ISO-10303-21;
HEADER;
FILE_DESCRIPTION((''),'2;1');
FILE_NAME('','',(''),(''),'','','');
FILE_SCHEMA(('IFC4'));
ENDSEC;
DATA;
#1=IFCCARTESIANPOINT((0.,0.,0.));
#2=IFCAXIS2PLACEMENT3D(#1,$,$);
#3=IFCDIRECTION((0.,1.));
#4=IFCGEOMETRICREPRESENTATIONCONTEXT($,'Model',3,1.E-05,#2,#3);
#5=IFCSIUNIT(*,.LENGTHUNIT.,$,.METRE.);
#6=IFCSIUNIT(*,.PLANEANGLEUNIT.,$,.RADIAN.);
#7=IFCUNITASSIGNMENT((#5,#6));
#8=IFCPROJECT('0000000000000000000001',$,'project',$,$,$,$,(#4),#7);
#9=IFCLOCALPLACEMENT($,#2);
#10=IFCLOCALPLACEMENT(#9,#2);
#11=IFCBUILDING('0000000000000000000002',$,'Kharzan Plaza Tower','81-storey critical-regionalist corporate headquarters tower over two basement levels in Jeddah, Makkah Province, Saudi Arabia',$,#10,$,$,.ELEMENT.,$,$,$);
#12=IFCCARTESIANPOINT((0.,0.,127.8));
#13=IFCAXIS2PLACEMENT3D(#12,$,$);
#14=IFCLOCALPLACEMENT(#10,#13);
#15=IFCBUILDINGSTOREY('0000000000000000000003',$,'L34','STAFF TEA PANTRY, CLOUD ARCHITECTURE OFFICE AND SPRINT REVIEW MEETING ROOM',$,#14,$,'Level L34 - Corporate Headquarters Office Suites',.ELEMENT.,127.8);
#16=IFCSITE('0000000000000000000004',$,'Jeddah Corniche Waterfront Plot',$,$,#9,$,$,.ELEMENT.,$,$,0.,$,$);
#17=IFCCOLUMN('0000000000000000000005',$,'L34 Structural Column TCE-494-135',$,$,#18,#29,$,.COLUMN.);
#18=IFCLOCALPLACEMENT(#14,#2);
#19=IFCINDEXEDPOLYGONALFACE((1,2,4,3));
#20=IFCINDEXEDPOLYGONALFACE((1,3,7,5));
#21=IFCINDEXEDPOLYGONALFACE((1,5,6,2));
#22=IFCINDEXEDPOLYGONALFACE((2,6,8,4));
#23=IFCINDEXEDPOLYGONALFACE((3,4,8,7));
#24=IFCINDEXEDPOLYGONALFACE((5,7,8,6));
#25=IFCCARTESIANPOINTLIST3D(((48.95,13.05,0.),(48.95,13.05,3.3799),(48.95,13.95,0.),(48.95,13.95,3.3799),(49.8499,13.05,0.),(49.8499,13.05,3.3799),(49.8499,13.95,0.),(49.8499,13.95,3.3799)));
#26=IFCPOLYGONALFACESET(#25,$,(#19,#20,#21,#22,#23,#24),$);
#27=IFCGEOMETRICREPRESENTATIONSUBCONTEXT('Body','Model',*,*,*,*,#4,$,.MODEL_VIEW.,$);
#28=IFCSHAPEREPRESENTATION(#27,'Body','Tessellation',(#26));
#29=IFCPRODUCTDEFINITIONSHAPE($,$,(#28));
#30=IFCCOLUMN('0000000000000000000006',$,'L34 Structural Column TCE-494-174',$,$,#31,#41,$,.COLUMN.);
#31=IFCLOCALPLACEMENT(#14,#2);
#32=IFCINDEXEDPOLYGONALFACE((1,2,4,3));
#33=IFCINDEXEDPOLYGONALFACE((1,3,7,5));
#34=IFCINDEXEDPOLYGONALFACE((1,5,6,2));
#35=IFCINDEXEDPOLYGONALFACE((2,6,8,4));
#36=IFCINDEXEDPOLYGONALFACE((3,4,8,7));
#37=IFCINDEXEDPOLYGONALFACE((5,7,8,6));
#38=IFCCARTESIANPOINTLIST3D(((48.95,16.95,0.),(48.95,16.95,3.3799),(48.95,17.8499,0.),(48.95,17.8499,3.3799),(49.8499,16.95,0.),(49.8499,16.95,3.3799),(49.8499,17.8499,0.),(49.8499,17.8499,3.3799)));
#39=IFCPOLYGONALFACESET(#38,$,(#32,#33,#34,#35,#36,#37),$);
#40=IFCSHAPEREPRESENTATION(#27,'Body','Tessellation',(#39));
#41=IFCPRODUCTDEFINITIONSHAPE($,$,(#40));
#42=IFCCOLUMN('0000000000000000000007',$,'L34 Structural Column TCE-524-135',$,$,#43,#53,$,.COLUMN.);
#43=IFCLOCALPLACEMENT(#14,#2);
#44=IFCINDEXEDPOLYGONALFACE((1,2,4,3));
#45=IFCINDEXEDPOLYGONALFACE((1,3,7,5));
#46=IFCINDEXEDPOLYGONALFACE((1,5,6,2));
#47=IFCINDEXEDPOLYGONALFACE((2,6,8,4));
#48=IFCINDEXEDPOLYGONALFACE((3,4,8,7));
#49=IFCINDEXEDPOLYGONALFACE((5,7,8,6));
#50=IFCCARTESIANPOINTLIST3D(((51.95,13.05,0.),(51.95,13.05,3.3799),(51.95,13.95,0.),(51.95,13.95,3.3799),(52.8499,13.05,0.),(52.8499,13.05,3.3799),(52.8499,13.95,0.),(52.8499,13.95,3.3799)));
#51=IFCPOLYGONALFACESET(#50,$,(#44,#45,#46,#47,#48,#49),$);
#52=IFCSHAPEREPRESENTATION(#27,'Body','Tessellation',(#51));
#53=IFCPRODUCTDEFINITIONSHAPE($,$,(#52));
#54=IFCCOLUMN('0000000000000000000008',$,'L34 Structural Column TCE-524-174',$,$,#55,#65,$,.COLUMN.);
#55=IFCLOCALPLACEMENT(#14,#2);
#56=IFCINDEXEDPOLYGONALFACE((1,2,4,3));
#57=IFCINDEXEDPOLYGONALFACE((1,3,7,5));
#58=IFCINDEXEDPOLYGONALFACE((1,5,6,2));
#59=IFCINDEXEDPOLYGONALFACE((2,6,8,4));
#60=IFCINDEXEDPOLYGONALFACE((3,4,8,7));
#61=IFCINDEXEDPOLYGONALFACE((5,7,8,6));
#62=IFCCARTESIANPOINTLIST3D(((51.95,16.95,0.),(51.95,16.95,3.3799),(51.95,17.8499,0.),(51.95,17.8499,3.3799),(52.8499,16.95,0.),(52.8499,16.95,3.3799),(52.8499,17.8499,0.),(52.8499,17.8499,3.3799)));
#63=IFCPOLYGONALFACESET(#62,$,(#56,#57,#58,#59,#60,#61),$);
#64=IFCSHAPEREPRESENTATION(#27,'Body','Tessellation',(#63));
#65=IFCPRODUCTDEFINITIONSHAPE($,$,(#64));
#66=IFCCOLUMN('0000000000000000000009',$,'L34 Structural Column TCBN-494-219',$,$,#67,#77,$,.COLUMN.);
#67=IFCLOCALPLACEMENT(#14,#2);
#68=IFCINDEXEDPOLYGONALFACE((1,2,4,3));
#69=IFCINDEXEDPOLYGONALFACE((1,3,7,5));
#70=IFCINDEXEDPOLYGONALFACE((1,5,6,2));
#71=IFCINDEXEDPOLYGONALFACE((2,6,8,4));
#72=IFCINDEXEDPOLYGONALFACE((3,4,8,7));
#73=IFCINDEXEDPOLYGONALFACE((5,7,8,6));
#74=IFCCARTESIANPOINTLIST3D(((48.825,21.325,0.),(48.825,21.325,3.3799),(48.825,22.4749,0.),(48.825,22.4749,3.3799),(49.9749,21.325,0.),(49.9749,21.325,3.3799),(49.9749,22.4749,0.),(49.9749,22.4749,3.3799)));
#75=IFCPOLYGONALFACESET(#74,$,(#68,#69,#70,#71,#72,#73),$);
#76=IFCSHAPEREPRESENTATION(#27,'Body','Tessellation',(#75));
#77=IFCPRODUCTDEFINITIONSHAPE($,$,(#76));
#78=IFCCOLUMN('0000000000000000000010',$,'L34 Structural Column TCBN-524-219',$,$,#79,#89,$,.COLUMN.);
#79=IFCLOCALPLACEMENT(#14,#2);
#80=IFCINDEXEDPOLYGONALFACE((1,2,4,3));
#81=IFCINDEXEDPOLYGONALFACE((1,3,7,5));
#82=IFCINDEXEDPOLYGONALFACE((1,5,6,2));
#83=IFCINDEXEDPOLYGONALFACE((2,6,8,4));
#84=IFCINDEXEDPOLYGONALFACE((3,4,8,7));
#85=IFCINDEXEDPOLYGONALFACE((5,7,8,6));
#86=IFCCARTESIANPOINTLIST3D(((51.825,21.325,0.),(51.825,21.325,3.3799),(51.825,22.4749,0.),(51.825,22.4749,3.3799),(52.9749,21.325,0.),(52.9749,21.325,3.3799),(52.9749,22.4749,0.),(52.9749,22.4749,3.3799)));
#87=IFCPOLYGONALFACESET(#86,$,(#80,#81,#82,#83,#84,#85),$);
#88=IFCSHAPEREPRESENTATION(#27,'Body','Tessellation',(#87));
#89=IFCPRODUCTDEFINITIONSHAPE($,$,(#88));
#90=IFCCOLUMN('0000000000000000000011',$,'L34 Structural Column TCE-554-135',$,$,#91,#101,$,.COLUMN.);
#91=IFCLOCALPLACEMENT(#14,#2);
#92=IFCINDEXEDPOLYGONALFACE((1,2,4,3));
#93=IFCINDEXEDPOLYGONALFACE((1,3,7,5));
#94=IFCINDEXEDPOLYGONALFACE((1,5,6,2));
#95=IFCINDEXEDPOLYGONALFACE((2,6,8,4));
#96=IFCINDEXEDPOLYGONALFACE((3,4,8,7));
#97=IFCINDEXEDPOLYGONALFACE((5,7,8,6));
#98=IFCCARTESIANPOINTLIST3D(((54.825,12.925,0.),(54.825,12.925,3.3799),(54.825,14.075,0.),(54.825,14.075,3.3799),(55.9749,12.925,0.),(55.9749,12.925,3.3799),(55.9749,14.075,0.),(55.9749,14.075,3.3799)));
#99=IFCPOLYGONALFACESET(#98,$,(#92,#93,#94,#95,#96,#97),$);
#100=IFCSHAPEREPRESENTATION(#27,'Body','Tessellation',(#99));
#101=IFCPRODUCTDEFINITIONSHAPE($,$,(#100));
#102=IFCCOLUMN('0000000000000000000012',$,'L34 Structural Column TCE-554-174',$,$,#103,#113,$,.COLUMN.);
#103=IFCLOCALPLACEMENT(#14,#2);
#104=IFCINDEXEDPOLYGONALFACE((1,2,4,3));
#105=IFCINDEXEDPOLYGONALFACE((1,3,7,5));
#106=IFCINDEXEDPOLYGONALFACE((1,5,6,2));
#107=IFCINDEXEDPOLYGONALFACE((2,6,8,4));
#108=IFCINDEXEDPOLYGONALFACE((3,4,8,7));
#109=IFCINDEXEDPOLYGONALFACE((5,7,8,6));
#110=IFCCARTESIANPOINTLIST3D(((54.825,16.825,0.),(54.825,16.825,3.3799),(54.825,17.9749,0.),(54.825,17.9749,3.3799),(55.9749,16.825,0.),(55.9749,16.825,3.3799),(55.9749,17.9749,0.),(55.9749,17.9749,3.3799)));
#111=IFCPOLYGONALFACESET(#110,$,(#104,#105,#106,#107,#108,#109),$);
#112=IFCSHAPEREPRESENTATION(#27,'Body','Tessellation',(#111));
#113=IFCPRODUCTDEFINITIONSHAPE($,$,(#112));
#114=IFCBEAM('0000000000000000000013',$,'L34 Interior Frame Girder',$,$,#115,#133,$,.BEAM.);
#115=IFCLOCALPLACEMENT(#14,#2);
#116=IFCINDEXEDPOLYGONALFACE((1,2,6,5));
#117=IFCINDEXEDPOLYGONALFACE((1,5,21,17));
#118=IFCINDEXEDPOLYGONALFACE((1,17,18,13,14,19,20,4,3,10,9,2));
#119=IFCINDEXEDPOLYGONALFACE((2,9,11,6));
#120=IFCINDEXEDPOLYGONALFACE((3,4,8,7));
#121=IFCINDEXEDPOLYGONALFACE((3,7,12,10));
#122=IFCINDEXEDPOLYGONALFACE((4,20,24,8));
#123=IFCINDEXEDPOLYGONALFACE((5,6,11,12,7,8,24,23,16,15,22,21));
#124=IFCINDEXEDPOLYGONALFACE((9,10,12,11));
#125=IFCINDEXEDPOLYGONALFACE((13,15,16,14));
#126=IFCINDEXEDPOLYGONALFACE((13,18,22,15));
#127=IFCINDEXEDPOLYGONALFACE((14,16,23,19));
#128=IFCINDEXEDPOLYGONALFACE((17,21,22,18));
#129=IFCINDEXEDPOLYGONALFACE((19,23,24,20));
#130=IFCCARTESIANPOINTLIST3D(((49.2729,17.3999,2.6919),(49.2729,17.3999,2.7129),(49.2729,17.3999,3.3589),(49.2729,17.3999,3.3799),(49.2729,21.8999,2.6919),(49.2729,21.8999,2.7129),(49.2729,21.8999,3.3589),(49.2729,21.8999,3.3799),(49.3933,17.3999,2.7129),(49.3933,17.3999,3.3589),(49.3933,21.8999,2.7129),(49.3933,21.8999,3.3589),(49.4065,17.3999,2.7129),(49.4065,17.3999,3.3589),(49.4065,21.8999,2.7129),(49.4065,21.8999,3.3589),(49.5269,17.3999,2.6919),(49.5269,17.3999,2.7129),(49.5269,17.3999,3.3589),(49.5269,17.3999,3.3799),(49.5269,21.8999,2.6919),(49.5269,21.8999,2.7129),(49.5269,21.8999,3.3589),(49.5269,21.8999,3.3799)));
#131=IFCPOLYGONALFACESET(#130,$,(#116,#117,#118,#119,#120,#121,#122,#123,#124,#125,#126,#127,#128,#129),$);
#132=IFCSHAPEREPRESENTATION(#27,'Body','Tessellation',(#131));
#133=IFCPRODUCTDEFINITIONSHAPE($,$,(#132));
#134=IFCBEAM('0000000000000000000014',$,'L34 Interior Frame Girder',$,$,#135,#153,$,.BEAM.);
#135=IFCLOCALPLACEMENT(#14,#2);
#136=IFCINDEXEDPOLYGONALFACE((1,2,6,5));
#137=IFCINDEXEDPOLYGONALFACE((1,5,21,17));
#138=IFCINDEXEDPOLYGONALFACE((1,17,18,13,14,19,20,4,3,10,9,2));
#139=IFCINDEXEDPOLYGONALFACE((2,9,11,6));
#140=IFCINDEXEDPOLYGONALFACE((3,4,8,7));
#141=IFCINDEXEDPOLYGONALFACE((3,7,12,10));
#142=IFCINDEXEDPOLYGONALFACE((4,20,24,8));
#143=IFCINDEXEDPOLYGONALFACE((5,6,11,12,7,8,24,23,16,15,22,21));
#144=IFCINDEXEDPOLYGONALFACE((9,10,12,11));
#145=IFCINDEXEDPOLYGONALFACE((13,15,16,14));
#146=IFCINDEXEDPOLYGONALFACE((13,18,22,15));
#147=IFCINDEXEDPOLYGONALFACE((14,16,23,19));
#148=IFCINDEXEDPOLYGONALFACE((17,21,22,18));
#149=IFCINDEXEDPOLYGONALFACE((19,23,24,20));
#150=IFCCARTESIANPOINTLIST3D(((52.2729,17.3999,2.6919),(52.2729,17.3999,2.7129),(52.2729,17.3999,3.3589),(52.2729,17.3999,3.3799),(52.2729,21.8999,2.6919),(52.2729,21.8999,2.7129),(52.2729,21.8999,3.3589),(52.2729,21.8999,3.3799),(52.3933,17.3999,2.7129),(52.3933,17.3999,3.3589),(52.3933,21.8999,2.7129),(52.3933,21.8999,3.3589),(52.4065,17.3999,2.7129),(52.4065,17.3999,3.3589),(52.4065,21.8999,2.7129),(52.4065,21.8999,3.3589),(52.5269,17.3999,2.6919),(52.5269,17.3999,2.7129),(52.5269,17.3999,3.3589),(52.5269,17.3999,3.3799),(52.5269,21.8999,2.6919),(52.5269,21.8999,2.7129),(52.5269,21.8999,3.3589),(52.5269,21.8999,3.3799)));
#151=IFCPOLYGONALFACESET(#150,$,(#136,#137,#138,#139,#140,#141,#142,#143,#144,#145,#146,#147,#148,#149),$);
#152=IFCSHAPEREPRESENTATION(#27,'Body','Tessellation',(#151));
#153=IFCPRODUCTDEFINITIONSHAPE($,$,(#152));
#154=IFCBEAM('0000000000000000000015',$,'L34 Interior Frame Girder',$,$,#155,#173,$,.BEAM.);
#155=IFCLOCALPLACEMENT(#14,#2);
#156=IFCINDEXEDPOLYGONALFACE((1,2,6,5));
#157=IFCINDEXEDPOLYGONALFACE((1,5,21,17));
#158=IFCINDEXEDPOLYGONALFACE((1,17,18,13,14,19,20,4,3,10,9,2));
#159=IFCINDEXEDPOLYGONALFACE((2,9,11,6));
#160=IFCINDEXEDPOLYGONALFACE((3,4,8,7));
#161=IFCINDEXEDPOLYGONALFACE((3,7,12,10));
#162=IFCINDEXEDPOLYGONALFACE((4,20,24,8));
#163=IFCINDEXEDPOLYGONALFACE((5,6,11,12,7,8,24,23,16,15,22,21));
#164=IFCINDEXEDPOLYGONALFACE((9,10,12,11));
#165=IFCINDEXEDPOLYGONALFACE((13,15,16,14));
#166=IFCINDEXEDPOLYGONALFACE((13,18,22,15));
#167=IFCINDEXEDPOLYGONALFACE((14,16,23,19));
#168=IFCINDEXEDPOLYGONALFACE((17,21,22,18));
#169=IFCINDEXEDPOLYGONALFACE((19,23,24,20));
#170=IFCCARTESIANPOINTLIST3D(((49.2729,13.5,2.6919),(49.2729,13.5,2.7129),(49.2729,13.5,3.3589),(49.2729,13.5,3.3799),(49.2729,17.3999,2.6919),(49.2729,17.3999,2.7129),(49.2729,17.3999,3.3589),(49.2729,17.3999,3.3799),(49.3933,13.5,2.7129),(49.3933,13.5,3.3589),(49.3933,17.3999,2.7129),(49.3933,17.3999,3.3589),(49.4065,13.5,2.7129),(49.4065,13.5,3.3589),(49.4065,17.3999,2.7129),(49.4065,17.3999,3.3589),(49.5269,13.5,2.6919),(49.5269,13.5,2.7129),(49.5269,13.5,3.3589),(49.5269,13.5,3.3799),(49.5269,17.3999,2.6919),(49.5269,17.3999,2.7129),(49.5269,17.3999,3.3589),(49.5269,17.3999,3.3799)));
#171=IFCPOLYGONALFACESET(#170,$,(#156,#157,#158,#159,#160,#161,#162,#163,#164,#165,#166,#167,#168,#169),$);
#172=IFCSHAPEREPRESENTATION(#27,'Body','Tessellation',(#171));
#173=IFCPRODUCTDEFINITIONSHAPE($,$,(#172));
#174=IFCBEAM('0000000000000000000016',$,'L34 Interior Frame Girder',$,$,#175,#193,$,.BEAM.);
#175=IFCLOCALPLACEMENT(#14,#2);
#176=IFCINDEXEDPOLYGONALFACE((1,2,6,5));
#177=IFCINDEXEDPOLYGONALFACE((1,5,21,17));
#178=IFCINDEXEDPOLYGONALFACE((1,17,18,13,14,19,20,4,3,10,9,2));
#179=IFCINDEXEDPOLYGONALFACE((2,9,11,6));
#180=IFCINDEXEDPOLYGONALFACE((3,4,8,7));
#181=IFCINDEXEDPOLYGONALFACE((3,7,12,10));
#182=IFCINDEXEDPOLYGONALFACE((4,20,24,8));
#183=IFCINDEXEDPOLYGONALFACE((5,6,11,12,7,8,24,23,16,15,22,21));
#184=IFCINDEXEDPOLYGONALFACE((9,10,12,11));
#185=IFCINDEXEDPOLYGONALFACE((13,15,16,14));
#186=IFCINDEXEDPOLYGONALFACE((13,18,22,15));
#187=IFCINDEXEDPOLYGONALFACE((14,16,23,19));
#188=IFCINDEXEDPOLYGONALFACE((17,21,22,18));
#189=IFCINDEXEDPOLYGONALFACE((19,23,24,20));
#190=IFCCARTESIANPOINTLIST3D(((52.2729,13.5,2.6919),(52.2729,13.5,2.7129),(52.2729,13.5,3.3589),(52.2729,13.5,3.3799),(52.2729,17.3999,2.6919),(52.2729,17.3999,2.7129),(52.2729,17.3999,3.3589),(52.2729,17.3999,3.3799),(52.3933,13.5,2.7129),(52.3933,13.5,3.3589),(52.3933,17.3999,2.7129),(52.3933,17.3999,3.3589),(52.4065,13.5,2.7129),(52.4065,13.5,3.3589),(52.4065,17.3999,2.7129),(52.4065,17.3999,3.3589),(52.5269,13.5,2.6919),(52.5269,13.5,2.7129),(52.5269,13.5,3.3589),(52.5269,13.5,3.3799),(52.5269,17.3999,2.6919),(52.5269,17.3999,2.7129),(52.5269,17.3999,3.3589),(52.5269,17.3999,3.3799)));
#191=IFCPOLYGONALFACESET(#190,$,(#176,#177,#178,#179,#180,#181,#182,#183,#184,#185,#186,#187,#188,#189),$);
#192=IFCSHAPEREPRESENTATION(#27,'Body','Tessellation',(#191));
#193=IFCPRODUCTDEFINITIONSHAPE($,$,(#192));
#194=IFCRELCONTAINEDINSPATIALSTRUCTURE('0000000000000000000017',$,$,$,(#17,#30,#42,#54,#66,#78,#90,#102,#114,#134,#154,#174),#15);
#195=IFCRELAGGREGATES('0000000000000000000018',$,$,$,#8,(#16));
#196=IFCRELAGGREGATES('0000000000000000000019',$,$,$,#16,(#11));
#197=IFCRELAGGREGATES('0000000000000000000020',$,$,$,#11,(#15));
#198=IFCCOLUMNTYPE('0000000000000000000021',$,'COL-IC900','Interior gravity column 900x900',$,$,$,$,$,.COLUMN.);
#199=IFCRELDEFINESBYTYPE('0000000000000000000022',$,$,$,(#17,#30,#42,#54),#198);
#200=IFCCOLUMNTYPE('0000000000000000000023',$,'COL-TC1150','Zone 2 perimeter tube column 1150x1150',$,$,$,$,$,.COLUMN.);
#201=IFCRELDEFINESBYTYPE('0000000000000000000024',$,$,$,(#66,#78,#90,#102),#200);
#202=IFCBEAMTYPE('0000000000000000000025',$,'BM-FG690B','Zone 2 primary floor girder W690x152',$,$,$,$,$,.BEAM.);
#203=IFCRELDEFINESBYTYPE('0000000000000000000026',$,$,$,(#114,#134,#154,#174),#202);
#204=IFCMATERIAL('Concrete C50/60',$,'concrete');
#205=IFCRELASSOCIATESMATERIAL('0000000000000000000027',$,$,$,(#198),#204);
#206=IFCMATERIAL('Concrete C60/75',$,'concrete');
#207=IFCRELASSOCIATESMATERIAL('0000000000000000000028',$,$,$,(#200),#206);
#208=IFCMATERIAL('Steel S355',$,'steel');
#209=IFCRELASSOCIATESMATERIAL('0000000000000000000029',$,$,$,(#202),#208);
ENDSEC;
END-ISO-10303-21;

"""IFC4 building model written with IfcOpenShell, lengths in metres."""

from ifc_helpers import new_model, si_unit, direction, frame, origin, origin_2d, place, context, subcontext, project, spatial, rectangle, i_section, extrude, source, transform, mapped, material, material_profile, profile_set, type_object, element, save


model = new_model("IFC4")

# Units and contexts
model_context = context("Model", 3, precision=1e-05, world=origin(), true_north=direction((0.0, 1.0)))
body_context = subcontext(model_context, "Body", "Model", "MODEL_VIEW")
ifc_project = project(units=[si_unit("LENGTHUNIT", "METRE"), si_unit("PLANEANGLEUNIT", "RADIAN")], contexts=[model_context])

# Site, building, storey
site_placement = place(None, origin())
site = spatial("IfcSite", under=ifc_project, at=site_placement, Name="Jeddah Corniche Waterfront Plot", CompositionType="ELEMENT", RefElevation=0.0)
building_placement = place(site_placement, origin())
building = spatial("IfcBuilding", under=site, at=building_placement, Name="Kharzan Plaza Tower", Description="81-storey critical-regionalist corporate headquarters tower over two basement levels in Jeddah, Makkah Province, Saudi Arabia", CompositionType="ELEMENT")
storey_placement = place(building_placement, frame((0.0, 0.0, 127.8)))
storey = spatial("IfcBuildingStorey", under=building, at=storey_placement, Name="L34", Description="STAFF TEA PANTRY, CLOUD ARCHITECTURE OFFICE AND SPRINT REVIEW MEETING ROOM", LongName="Level L34 - Corporate Headquarters Office Suites", CompositionType="ELEMENT", Elevation=127.8)

# Columns
ifc_material_1 = material(Name="Concrete C50/60", Category="concrete")
ifc_material_profile_1 = material_profile(ifc_material_1, rectangle(XDim=0.8999, YDim=0.8999, at=origin_2d()), Name="RC-IC900x900")
ifc_profile_set_1 = profile_set([ifc_material_profile_1], Name="Concrete C50/60")
column_type_1 = type_object("IfcColumnType", Name="COL-IC900", Description="Interior gravity column 900x900", PredefinedType="COLUMN", material=ifc_profile_set_1)
shared_shape_1 = source(origin(), body_context, "Body", "SweptSolid", [
    extrude(rectangle(XDim=0.8999, YDim=0.8999, at=origin_2d()), origin(), (0.0, 0.0, 1.0), 3.3799),
])
for number, where, z_axis, x_axis, name in (
    (1, (49.3999, 13.5, 0.0), (0.0, 0.0, 1.0), (1.0, 0.0, 0.0), "L34 Structural Column TCE-494-135"),
    (2, (49.3999, 17.3999, 0.0), (0.0, 0.0, 1.0), (1.0, 0.0, 0.0), "L34 Structural Column TCE-494-174"),
    (3, (52.3999, 13.5, 0.0), (0.0, 0.0, 1.0), (1.0, 0.0, 0.0), "L34 Structural Column TCE-524-135"),
    (4, (52.3999, 17.3999, 0.0), (0.0, 0.0, 1.0), (1.0, 0.0, 0.0), "L34 Structural Column TCE-524-174"),
):
    element("IfcColumn", number, at=place(storey_placement, frame(where, z_axis=z_axis, x_axis=x_axis)), inside=storey, type_object=column_type_1, Name=name, PredefinedType="COLUMN", context=body_context, shape_type="MappedRepresentation", body=[
        mapped(shared_shape_1, transform((0.0, 0.0, 0.0), x_axis=(1.0, 0.0, 0.0), y_axis=(0.0, 1.0, 0.0), z_axis=(0.0, 0.0, 1.0))),
    ])
ifc_material_2 = material(Name="Concrete C60/75", Category="concrete")
ifc_material_profile_2 = material_profile(ifc_material_2, rectangle(XDim=1.1499, YDim=1.1499, at=origin_2d()), Name="RC-TC1150x1150")
ifc_profile_set_2 = profile_set([ifc_material_profile_2], Name="Concrete C60/75")
column_type_2 = type_object("IfcColumnType", Name="COL-TC1150", Description="Zone 2 perimeter tube column 1150x1150", PredefinedType="COLUMN", material=ifc_profile_set_2)
shared_shape_2 = source(origin(), body_context, "Body", "SweptSolid", [
    extrude(rectangle(XDim=1.1499, YDim=1.1499, at=origin_2d()), origin(), (0.0, 0.0, 1.0), 3.3799),
])
for number, where, z_axis, x_axis, name in (
    (5, (49.3999, 21.8999, 0.0), (0.0, 0.0, 1.0), (1.0, 0.0, 0.0), "L34 Structural Column TCBN-494-219"),
    (6, (52.3999, 21.8999, 0.0), (0.0, 0.0, 1.0), (1.0, 0.0, 0.0), "L34 Structural Column TCBN-524-219"),
    (7, (55.3999, 13.5, 0.0), (0.0, 0.0, 1.0), (1.0, 0.0, 0.0), "L34 Structural Column TCE-554-135"),
    (8, (55.3999, 17.3999, 0.0), (0.0, 0.0, 1.0), (1.0, 0.0, 0.0), "L34 Structural Column TCE-554-174"),
):
    element("IfcColumn", number, at=place(storey_placement, frame(where, z_axis=z_axis, x_axis=x_axis)), inside=storey, type_object=column_type_2, Name=name, PredefinedType="COLUMN", context=body_context, shape_type="MappedRepresentation", body=[
        mapped(shared_shape_2, transform((0.0, 0.0, 0.0), x_axis=(1.0, 0.0, 0.0), y_axis=(0.0, 1.0, 0.0), z_axis=(0.0, 0.0, 1.0))),
    ])

# Beams
ifc_material_3 = material(Name="Steel S355", Category="steel")
ifc_material_profile_3 = material_profile(ifc_material_3, i_section(OverallWidth=0.2539, OverallDepth=0.688, WebThickness=0.0132, FlangeThickness=0.021, at=origin_2d()), Name="W690x152")
ifc_profile_set_3 = profile_set([ifc_material_profile_3], Name="Steel S355")
beam_type_1 = type_object("IfcBeamType", Name="BM-FG690B", Description="Zone 2 primary floor girder W690x152", PredefinedType="BEAM", material=ifc_profile_set_3)
shared_shape_3 = source(origin(), body_context, "Body", "SweptSolid", [
    extrude(i_section(OverallWidth=0.2539, OverallDepth=0.688, WebThickness=0.0132, FlangeThickness=0.021, at=origin_2d()), origin(), (0.0, 0.0, 1.0), 4.5),
])
for number, where, z_axis, x_axis, name in (
    (9, (49.3999, 17.3999, 3.0359), (0.0, 1.0, 0.0), (-1.0, 0.0, 0.0), "L34 Interior Frame Girder"),
    (10, (52.3999, 17.3999, 3.0359), (0.0, 1.0, 0.0), (-1.0, 0.0, 0.0), "L34 Interior Frame Girder"),
):
    element("IfcBeam", number, at=place(storey_placement, frame(where, z_axis=z_axis, x_axis=x_axis)), inside=storey, type_object=beam_type_1, Name=name, PredefinedType="BEAM", context=body_context, shape_type="MappedRepresentation", body=[
        mapped(shared_shape_3, transform((0.0, 0.0, 0.0), x_axis=(1.0, 0.0, 0.0), y_axis=(0.0, 1.0, 0.0), z_axis=(0.0, 0.0, 1.0))),
    ])
shared_shape_4 = source(origin(), body_context, "Body", "SweptSolid", [
    extrude(i_section(OverallWidth=0.2539, OverallDepth=0.688, WebThickness=0.0132, FlangeThickness=0.021, at=origin_2d()), origin(), (0.0, 0.0, 1.0), 3.8999),
])
for number, where, z_axis, x_axis, name in (
    (11, (49.3999, 13.5, 3.0359), (0.0, 1.0, 0.0), (-1.0, 0.0, 0.0), "L34 Interior Frame Girder"),
    (12, (52.3999, 13.5, 3.0359), (0.0, 1.0, 0.0), (-1.0, 0.0, 0.0), "L34 Interior Frame Girder"),
):
    element("IfcBeam", number, at=place(storey_placement, frame(where, z_axis=z_axis, x_axis=x_axis)), inside=storey, type_object=beam_type_1, Name=name, PredefinedType="BEAM", context=body_context, shape_type="MappedRepresentation", body=[
        mapped(shared_shape_4, transform((0.0, 0.0, 0.0), x_axis=(1.0, 0.0, 0.0), y_axis=(0.0, 1.0, 0.0), z_axis=(0.0, 0.0, 1.0))),
    ])

save(model, "model.ifc")
